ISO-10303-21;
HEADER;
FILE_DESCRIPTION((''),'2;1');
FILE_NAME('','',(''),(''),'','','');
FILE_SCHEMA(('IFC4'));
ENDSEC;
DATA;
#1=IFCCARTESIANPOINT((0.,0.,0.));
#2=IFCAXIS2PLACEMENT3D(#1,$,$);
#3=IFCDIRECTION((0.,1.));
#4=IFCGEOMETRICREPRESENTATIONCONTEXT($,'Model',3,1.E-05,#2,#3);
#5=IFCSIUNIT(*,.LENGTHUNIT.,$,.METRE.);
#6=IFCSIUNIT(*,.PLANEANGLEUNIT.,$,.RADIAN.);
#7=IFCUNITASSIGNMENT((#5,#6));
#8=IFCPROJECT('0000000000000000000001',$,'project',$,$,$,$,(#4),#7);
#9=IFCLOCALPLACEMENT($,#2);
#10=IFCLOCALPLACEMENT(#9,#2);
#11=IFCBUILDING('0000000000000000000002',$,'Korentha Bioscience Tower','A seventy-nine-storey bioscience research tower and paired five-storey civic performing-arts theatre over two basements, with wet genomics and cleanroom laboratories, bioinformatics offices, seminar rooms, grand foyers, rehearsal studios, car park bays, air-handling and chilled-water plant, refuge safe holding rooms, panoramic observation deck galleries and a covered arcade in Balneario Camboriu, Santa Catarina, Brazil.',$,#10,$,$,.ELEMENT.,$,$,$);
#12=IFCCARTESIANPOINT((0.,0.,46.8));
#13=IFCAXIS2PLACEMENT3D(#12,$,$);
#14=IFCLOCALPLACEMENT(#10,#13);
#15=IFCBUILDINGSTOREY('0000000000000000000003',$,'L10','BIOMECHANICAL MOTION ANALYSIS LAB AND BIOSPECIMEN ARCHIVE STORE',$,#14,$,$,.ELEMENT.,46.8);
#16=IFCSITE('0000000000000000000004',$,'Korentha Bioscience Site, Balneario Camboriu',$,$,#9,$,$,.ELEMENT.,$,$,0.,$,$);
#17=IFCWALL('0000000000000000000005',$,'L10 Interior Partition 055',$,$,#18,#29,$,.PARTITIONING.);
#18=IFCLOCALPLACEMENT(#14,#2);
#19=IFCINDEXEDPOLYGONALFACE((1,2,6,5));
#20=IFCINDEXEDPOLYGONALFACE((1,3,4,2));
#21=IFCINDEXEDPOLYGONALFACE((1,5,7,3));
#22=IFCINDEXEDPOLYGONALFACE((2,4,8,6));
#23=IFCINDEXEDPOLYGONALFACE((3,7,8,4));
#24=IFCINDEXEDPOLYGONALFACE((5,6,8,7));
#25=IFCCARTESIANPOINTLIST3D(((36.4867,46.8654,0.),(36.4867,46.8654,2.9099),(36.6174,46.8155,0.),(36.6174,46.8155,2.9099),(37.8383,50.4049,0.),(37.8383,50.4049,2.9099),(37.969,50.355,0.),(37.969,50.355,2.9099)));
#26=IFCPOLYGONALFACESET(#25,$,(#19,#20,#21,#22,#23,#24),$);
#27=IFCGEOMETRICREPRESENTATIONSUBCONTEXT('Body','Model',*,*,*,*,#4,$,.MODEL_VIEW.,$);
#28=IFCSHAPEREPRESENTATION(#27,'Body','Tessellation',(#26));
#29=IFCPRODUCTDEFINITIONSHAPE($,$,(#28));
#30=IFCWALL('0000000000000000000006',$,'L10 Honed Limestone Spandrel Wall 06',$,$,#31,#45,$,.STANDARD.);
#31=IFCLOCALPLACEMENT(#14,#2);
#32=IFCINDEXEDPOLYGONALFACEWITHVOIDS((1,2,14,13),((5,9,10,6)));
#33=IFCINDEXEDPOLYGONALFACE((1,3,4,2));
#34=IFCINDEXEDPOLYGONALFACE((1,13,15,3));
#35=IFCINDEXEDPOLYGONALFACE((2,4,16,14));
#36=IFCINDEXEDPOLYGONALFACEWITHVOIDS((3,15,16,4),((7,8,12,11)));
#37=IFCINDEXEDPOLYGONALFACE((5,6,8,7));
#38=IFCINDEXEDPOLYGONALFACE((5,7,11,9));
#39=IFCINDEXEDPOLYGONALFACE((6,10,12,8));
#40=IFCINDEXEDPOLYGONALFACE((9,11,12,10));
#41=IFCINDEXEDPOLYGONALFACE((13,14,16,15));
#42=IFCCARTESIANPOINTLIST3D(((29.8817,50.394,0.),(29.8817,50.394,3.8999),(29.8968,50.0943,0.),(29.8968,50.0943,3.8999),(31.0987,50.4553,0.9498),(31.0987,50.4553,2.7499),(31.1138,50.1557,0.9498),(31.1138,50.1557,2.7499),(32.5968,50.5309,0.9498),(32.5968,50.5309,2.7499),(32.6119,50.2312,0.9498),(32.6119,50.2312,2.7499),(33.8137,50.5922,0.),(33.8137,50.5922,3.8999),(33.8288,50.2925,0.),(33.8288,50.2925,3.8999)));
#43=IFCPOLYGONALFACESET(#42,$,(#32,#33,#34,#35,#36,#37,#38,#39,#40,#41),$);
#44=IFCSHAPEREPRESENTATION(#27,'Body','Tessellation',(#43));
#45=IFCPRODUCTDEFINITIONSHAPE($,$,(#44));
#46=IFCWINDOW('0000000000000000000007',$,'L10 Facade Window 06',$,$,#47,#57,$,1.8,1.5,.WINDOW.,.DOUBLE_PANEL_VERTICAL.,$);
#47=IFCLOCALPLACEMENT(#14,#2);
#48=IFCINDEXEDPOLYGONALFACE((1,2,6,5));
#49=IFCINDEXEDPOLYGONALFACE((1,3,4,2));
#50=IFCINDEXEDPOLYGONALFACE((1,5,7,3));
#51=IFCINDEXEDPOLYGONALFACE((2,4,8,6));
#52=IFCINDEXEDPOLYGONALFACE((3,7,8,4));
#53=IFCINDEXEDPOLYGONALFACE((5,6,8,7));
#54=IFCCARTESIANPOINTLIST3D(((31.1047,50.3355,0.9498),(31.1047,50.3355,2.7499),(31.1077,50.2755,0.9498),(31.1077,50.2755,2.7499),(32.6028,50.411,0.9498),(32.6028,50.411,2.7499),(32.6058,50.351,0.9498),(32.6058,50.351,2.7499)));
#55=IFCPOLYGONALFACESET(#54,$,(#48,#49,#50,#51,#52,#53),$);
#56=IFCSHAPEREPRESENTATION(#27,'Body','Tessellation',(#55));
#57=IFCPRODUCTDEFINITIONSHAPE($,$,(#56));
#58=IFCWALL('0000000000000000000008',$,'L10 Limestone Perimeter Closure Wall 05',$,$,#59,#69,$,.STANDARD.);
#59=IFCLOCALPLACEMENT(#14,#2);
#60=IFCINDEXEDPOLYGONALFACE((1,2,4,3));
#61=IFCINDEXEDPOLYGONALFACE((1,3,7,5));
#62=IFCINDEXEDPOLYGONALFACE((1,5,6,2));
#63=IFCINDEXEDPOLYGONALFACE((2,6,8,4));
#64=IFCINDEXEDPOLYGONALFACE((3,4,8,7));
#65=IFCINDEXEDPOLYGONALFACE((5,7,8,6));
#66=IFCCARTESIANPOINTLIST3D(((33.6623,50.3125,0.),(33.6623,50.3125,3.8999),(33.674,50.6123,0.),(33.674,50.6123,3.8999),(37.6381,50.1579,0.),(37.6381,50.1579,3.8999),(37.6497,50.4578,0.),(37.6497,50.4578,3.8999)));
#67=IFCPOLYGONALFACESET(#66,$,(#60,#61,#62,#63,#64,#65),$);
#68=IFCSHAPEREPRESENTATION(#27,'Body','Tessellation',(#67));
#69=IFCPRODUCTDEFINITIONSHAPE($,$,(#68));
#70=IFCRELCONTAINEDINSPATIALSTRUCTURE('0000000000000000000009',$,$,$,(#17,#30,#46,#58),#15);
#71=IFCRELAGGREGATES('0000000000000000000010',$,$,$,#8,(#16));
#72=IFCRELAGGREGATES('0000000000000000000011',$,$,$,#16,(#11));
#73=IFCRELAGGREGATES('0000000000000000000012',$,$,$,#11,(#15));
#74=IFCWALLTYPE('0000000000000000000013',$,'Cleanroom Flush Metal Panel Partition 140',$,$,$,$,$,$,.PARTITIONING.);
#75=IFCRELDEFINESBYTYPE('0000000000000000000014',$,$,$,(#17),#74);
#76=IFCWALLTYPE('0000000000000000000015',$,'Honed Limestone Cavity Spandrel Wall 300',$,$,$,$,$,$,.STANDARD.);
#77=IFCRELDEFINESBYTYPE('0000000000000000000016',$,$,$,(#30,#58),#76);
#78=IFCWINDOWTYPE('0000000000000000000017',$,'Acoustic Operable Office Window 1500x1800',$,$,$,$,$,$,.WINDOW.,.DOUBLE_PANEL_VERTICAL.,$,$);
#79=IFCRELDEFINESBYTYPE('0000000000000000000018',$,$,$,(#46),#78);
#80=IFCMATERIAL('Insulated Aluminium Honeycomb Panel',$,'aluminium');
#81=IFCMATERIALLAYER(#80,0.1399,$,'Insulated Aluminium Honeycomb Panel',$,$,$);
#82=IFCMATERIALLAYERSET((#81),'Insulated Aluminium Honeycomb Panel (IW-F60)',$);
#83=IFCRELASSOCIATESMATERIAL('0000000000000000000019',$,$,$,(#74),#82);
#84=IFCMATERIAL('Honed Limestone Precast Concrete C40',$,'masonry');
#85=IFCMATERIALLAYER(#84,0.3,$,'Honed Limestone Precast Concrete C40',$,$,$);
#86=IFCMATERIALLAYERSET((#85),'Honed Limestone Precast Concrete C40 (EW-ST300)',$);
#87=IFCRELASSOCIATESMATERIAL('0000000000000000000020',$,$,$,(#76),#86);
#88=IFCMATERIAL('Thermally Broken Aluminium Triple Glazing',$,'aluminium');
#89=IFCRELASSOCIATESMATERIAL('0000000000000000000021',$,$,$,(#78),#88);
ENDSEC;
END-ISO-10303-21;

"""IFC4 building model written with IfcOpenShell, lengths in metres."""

from ifc_helpers import new_model, si_unit, direction, frame, frame_2d, origin, place, context, subcontext, project, spatial, rectangle, extrude, material, layer, layer_set, type_object, element, fill, save


model = new_model("IFC4")

# Units and contexts
model_context = context("Model", 3, precision=1e-05, world=origin(), true_north=direction((0.0, 1.0)))
body_context = subcontext(model_context, "Body", "Model", "MODEL_VIEW")
ifc_project = project(units=[si_unit("LENGTHUNIT", "METRE"), si_unit("PLANEANGLEUNIT", "RADIAN")], contexts=[model_context])

# Site, building, storey
site_placement = place(None, origin())
site = spatial("IfcSite", under=ifc_project, at=site_placement, Name="Korentha Bioscience Site, Balneario Camboriu", CompositionType="ELEMENT", RefElevation=0.0)
building_placement = place(site_placement, origin())
building = spatial("IfcBuilding", under=site, at=building_placement, Name="Korentha Bioscience Tower", Description="A seventy-nine-storey bioscience research tower and paired five-storey civic performing-arts theatre over two basements, with wet genomics and cleanroom laboratories, bioinformatics offices, seminar rooms, grand foyers, rehearsal studios, car park bays, air-handling and chilled-water plant, refuge safe holding rooms, panoramic observation deck galleries and a covered arcade in Balneario Camboriu, Santa Catarina, Brazil.", CompositionType="ELEMENT")
storey_placement = place(building_placement, frame((0.0, 0.0, 46.8)))
storey = spatial("IfcBuildingStorey", under=building, at=storey_placement, Name="L10", Description="BIOMECHANICAL MOTION ANALYSIS LAB AND BIOSPECIMEN ARCHIVE STORE", CompositionType="ELEMENT", Elevation=46.8)

# Shared definitions
ifc_material_1 = material(Name="Insulated Aluminium Honeycomb Panel", Category="aluminium")
ifc_layer_1 = layer(ifc_material_1, 0.1399, Name="Insulated Aluminium Honeycomb Panel")
ifc_layer_set_1 = layer_set([ifc_layer_1], Name="Insulated Aluminium Honeycomb Panel (IW-F60)")
wall_type_1 = type_object("IfcWallType", Name="Cleanroom Flush Metal Panel Partition 140", PredefinedType="PARTITIONING", material=ifc_layer_set_1)

# Wall
wall_1_placement = place(storey_placement, frame((36.552, 46.8403, 0.0), z_axis=(0.0, 0.0, 1.0), x_axis=(0.356724, 0.93421, 0.0)))
element("IfcWall", 1, at=wall_1_placement, inside=storey, type_object=wall_type_1, Name="L10 Interior Partition 055", PredefinedType="PARTITIONING", context=body_context, shape_type="SweptSolid", body=[
    extrude(rectangle(XDim=3.7888, YDim=0.1399, at=frame_2d((1.8945, 0.0))), origin(), (0.0, 0.0, 1.0), 2.9099),
])

# Shared definitions
ifc_material_2 = material(Name="Honed Limestone Precast Concrete C40", Category="masonry")
ifc_layer_2 = layer(ifc_material_2, 0.3, Name="Honed Limestone Precast Concrete C40")
ifc_layer_set_2 = layer_set([ifc_layer_2], Name="Honed Limestone Precast Concrete C40 (EW-ST300)")
wall_type_2 = type_object("IfcWallType", Name="Honed Limestone Cavity Spandrel Wall 300", PredefinedType="STANDARD", material=ifc_layer_set_2)

# Wall, opening, window
wall_2_placement = place(storey_placement, frame((33.8213, 50.4424, 0.0), z_axis=(0.0, 0.0, 1.0), x_axis=(-0.998732, -0.050352, 0.0)))
wall_2 = element("IfcWall", 2, at=wall_2_placement, inside=storey, type_object=wall_type_2, Name="L10 Honed Limestone Spandrel Wall 06", PredefinedType="STANDARD", context=body_context, shape_type="SweptSolid", body=[
    extrude(rectangle(XDim=3.937, YDim=0.3, at=frame_2d((1.9685, 0.0))), origin(), (0.0, 0.0, 1.0), 3.8999),
])
opening_1_placement = place(wall_2_placement, frame((1.2185, 0.0, 0.95)))
opening_1 = element("IfcOpeningElement", 3, at=opening_1_placement, cuts=wall_2, PredefinedType="OPENING", context=body_context, shape_type="SweptSolid", body=[
    extrude(rectangle(XDim=1.5, YDim=1.8, at=frame_2d((0.75, 0.8999))), frame((0.0, 0.165, 0.0), z_axis=(0.0, -1.0, 0.0), x_axis=(1.0, 0.0, 0.0)), (0.0, 0.0, 1.0), 0.3298),
])
ifc_material_3 = material(Name="Thermally Broken Aluminium Triple Glazing", Category="aluminium")
window_type = type_object("IfcWindowType", Name="Acoustic Operable Office Window 1500x1800", PartitioningType="DOUBLE_PANEL_VERTICAL", PredefinedType="WINDOW", material=ifc_material_3)
window_placement = place(opening_1_placement, origin())
window = element("IfcWindow", 4, at=window_placement, inside=storey, type_object=window_type, Name="L10 Facade Window 06", OverallHeight=1.8, OverallWidth=1.5, PartitioningType="DOUBLE_PANEL_VERTICAL", PredefinedType="WINDOW", context=body_context, shape_type="SweptSolid", body=[
    extrude(rectangle(XDim=1.5, YDim=1.8, at=frame_2d((0.75, 0.8999))), frame((0.0, 0.03, 0.0), z_axis=(0.0, -1.0, 0.0), x_axis=(1.0, 0.0, 0.0)), (0.0, 0.0, 1.0), 0.0601),
])
fill(opening_1, window)

# Wall
wall_3_placement = place(storey_placement, frame((37.6438, 50.3079, 0.0), z_axis=(0.0, 0.0, 1.0), x_axis=(-0.999245, 0.038841, 0.0)))
element("IfcWall", 5, at=wall_3_placement, inside=storey, type_object=wall_type_2, Name="L10 Limestone Perimeter Closure Wall 05", PredefinedType="STANDARD", context=body_context, shape_type="SweptSolid", body=[
    extrude(rectangle(XDim=3.9788, YDim=0.3, at=frame_2d((1.9893, 0.0))), origin(), (0.0, 0.0, 1.0), 3.8999),
])

save(model, "model.ifc")
